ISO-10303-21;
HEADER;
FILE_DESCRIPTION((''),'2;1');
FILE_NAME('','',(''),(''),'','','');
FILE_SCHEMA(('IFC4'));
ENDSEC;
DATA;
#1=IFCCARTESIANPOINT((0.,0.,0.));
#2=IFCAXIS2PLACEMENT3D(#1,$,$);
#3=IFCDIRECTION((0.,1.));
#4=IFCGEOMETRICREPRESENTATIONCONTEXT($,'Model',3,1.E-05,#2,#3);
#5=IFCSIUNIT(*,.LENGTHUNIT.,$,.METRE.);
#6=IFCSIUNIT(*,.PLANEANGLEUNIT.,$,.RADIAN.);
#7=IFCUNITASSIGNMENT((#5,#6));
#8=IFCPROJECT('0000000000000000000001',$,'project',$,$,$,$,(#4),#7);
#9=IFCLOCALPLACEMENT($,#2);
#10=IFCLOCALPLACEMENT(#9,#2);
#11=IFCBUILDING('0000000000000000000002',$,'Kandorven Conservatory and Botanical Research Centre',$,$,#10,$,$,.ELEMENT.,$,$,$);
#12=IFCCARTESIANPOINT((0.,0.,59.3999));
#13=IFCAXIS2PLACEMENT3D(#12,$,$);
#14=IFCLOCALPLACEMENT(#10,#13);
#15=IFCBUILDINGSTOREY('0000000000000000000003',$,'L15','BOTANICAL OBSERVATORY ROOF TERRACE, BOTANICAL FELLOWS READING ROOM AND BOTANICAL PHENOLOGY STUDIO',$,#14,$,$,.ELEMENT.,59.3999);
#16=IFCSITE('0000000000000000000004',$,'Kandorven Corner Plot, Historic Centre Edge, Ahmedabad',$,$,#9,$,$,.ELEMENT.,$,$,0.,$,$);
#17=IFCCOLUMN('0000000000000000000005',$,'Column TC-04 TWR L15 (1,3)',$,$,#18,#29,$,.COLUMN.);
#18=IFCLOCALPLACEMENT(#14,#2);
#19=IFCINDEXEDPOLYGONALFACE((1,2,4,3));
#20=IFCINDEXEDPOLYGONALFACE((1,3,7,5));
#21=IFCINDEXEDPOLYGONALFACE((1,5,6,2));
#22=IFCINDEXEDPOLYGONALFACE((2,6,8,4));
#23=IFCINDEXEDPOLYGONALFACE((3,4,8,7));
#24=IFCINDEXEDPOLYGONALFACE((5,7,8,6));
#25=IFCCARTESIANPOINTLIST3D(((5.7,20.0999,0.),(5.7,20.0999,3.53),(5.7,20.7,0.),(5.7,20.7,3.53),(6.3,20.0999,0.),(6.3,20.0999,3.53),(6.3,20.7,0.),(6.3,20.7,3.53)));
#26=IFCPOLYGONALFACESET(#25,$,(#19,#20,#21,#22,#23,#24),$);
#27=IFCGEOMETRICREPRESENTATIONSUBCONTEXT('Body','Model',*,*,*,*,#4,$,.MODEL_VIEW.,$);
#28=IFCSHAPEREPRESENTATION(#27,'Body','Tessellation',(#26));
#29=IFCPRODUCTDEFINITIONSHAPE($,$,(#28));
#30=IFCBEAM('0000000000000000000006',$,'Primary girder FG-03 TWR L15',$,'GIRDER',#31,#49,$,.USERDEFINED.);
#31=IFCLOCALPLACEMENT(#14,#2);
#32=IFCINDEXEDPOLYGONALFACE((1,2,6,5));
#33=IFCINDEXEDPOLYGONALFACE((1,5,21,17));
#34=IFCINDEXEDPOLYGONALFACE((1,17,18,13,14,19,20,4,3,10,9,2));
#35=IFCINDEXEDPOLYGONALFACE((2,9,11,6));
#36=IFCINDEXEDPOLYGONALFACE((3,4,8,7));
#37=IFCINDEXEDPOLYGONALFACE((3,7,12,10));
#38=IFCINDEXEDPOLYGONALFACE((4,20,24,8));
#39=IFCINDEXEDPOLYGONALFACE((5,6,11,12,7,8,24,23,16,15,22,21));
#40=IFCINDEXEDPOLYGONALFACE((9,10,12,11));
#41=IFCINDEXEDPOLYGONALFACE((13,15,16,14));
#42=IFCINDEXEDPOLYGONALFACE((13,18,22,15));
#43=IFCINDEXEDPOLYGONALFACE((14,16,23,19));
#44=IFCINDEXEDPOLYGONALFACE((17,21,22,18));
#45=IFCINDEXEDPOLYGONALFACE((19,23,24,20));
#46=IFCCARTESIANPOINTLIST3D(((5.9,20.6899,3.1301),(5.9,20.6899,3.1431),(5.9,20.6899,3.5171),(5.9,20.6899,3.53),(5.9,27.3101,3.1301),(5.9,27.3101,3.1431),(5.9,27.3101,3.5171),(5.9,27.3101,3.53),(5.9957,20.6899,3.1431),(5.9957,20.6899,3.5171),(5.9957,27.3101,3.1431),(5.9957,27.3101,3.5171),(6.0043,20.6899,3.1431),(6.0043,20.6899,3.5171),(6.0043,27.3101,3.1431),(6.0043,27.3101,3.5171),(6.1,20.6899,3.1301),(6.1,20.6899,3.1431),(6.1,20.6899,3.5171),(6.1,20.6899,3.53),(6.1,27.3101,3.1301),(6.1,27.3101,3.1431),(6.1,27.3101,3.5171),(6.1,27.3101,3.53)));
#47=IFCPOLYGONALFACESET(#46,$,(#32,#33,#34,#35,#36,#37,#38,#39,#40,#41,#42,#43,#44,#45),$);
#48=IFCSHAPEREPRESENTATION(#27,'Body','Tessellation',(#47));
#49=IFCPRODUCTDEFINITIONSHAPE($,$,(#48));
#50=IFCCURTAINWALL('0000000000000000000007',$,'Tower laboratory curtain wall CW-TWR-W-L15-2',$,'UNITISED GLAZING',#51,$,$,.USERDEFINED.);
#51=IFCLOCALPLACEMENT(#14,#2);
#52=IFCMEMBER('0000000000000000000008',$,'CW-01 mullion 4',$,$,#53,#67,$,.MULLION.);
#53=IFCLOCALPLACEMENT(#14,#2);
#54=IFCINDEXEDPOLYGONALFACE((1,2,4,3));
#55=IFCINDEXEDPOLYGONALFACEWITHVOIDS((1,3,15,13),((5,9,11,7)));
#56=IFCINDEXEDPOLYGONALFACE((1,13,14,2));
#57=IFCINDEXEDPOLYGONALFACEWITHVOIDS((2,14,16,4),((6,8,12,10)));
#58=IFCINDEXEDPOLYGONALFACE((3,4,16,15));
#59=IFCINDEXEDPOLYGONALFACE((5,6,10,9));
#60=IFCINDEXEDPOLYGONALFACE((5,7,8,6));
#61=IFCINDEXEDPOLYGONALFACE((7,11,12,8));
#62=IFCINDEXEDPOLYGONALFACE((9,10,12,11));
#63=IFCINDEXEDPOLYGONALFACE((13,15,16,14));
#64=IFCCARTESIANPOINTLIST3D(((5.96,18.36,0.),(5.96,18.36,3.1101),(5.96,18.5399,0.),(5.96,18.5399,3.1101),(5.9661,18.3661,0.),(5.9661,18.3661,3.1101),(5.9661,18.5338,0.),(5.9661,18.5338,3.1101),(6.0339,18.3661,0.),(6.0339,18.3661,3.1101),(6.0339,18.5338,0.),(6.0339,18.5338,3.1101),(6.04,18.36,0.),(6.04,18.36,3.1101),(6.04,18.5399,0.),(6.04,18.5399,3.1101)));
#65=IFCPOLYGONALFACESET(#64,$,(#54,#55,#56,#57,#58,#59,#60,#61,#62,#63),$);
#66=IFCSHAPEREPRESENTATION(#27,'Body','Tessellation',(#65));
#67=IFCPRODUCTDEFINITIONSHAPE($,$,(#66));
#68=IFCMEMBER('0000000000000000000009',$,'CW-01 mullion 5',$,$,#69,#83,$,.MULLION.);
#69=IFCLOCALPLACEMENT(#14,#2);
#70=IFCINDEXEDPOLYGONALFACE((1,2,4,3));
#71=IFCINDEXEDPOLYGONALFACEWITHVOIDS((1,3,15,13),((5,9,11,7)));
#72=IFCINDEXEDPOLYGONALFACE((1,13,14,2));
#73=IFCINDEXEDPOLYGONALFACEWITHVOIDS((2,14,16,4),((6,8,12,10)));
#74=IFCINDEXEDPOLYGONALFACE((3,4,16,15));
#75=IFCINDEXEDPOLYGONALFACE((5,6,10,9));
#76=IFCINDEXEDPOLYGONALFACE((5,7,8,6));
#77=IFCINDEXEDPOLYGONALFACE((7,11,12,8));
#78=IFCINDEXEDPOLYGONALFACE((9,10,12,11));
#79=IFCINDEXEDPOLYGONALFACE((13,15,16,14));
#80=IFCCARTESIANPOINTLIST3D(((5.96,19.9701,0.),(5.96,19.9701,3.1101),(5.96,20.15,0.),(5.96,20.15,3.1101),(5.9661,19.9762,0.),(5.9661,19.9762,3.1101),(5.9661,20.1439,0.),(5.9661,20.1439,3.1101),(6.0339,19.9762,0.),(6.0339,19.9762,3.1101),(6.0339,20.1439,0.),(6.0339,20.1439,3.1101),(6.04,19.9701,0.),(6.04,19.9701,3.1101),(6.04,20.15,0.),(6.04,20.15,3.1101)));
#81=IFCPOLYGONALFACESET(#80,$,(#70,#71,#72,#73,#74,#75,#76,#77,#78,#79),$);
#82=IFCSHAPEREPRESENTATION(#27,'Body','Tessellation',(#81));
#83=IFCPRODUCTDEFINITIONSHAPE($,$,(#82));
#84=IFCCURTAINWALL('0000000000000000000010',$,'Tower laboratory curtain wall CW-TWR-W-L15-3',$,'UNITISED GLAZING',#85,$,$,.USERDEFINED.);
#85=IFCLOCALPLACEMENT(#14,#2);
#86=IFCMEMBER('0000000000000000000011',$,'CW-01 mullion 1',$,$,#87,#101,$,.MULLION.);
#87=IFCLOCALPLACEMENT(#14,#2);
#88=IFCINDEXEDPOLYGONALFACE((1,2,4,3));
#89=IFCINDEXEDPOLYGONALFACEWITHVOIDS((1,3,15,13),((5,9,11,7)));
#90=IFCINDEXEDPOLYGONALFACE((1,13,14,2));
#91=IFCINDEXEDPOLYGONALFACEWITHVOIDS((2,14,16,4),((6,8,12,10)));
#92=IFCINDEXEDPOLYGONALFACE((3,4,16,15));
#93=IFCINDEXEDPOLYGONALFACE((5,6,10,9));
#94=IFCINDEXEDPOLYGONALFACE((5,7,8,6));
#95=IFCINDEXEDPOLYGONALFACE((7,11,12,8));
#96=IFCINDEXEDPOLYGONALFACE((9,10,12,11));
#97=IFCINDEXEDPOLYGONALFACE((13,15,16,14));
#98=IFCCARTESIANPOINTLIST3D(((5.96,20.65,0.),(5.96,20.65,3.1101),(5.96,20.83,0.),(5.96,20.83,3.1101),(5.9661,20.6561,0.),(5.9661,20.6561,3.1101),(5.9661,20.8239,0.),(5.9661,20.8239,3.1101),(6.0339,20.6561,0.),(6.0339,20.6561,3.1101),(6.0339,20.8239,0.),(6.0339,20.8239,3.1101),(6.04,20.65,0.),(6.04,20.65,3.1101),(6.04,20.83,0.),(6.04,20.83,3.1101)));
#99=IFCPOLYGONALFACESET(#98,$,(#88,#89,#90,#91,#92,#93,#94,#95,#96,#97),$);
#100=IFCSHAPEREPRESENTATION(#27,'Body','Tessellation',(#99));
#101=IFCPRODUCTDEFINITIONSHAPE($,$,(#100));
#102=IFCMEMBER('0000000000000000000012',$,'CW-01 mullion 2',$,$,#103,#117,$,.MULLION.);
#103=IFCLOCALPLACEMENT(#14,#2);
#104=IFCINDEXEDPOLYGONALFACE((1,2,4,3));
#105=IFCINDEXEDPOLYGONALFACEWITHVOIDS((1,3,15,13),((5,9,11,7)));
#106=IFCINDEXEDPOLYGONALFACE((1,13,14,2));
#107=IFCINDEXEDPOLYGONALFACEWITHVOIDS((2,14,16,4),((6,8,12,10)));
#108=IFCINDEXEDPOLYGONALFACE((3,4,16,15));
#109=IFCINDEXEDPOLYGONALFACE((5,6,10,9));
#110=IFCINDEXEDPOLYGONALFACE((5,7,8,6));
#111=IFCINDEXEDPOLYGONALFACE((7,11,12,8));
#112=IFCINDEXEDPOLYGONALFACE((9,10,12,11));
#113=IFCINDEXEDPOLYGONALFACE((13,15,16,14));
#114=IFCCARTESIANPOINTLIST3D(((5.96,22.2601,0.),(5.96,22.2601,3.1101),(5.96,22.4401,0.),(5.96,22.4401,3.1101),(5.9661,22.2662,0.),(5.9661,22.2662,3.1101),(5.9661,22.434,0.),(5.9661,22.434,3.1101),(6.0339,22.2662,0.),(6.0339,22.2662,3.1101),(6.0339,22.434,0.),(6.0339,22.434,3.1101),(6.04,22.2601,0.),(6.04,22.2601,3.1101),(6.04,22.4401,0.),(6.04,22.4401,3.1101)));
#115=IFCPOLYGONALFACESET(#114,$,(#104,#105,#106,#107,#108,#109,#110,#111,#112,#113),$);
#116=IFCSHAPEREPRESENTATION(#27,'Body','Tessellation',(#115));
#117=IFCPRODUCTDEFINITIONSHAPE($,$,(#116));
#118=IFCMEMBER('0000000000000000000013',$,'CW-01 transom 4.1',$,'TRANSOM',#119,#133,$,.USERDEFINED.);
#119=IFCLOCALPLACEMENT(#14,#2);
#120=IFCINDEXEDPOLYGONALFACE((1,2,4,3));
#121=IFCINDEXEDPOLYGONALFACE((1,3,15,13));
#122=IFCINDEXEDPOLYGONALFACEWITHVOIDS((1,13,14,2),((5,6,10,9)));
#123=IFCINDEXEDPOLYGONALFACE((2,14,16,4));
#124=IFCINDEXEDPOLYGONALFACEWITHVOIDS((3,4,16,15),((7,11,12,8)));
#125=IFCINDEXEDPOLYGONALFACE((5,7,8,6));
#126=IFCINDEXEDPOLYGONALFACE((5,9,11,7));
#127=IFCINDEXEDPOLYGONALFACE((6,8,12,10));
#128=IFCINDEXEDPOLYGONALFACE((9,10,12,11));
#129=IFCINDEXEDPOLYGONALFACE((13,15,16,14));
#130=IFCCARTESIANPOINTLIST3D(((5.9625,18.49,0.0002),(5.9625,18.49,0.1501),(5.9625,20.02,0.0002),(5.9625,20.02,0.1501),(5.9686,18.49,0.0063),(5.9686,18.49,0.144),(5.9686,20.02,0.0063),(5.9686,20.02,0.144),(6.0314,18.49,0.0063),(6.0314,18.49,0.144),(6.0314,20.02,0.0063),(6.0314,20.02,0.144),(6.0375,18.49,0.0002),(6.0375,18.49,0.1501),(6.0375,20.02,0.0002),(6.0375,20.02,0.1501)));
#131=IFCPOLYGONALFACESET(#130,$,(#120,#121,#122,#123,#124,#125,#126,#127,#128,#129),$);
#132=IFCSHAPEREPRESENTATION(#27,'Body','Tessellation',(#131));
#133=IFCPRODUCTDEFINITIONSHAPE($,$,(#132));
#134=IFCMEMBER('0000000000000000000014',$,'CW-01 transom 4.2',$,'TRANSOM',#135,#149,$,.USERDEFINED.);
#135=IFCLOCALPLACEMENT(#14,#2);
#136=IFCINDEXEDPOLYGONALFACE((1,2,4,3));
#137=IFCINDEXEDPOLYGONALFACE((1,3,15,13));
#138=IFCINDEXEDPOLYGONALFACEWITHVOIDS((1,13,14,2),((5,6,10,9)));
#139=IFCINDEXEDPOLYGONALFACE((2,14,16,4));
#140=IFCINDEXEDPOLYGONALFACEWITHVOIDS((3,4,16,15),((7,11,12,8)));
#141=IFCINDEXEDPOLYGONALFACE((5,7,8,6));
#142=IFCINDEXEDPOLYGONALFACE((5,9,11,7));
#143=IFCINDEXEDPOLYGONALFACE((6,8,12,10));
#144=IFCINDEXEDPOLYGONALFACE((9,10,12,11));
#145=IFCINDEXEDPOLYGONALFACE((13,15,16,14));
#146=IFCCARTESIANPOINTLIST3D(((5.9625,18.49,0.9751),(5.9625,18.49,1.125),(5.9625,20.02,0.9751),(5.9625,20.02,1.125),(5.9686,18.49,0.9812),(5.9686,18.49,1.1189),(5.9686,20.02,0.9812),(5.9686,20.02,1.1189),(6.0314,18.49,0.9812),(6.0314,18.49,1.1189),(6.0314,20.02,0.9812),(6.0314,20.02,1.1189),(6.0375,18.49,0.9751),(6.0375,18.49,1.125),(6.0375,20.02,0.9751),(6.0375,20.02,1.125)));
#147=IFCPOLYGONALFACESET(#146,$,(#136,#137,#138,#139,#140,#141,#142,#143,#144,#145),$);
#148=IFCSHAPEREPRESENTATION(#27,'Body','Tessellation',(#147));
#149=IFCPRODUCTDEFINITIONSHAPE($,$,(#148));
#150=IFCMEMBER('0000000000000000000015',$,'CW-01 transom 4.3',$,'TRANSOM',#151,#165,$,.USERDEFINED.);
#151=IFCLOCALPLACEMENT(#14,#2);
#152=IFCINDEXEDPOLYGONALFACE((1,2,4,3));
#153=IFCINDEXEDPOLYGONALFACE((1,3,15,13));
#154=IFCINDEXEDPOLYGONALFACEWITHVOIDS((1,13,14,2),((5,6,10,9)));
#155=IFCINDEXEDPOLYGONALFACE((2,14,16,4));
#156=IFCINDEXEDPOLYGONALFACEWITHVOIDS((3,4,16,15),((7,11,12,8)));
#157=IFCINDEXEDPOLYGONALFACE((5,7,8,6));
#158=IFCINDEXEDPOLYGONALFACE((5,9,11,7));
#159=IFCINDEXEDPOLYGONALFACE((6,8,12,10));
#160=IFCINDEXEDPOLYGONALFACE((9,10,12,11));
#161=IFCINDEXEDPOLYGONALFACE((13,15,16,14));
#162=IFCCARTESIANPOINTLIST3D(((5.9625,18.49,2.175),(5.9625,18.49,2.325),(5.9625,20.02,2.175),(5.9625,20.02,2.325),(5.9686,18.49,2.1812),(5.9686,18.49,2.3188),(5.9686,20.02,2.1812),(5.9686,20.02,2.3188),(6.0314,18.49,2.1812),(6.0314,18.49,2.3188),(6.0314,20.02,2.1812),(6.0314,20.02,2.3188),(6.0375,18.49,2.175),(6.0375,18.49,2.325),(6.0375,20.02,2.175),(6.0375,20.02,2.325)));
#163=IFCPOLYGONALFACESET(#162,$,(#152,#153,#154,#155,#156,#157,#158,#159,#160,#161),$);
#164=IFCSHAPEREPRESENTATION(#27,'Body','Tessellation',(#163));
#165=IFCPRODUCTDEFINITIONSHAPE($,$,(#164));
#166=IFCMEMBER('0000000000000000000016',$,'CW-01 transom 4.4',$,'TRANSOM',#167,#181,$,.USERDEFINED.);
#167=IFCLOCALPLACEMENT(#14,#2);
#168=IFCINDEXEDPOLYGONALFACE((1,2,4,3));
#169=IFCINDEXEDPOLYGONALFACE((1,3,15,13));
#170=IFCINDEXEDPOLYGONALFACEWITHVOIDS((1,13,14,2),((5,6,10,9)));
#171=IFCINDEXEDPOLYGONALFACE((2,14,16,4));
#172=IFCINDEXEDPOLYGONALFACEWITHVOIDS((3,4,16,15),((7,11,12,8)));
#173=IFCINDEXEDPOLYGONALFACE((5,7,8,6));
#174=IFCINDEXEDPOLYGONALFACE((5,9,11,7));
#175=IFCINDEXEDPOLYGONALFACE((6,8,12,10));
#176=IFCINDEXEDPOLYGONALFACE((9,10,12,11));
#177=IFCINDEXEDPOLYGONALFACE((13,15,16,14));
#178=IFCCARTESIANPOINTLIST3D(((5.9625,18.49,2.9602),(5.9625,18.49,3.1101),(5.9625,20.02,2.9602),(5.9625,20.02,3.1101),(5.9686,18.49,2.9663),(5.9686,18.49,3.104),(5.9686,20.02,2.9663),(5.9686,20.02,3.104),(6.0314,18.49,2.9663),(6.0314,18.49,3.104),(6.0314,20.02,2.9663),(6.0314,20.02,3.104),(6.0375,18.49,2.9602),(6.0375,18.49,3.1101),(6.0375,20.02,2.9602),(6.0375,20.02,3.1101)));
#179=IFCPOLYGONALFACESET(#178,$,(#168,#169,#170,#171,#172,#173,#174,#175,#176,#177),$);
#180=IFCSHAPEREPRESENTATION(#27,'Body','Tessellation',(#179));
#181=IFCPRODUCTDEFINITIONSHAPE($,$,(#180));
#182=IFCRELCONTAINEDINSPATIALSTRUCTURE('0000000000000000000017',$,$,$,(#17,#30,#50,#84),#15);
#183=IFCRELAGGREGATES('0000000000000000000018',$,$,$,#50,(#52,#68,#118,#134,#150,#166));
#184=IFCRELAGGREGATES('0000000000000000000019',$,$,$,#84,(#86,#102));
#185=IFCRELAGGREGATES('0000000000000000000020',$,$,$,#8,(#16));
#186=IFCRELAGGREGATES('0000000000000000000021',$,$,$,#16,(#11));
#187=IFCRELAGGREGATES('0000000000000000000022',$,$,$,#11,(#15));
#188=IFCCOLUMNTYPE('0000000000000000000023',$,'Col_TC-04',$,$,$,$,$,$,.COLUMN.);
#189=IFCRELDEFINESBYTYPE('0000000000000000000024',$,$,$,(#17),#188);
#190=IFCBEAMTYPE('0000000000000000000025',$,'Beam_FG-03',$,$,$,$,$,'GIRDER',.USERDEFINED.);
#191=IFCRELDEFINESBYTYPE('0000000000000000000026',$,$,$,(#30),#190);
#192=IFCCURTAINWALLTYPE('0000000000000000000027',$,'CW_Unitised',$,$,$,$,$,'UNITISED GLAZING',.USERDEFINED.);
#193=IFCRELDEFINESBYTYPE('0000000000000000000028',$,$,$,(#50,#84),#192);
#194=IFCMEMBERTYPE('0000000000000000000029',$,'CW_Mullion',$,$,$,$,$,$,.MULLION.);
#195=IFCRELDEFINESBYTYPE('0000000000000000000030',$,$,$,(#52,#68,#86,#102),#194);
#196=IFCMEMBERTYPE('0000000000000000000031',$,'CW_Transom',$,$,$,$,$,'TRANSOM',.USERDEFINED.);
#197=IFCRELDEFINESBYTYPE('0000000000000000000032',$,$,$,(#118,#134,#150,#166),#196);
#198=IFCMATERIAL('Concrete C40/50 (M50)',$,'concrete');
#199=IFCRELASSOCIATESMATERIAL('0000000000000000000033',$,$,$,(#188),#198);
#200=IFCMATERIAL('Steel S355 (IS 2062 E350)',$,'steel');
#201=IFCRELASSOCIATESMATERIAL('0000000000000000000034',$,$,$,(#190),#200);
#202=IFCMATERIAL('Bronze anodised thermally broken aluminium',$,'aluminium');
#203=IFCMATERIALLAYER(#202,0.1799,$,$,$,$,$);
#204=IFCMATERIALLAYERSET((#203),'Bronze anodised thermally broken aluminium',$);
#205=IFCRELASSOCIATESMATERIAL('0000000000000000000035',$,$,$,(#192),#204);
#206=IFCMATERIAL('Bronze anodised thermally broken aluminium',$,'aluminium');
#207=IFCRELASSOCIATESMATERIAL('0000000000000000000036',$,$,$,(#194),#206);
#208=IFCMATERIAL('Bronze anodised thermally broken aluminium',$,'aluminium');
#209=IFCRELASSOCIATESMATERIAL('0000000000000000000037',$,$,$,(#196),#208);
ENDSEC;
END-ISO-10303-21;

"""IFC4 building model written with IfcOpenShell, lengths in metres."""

from ifc_helpers import new_model, si_unit, direction, frame, origin, origin_2d, place, context, subcontext, project, spatial, rectangle, hollow_rectangle, i_section, extrude, material, layer, layer_set, material_profile, profile_set, type_object, element, aggregate, save


model = new_model("IFC4")

# Units and contexts
model_context = context("Model", 3, precision=1e-05, world=origin(), true_north=direction((0.0, 1.0)))
body_context = subcontext(model_context, "Body", "Model", "MODEL_VIEW")
ifc_project = project(units=[si_unit("LENGTHUNIT", "METRE"), si_unit("PLANEANGLEUNIT", "RADIAN")], contexts=[model_context])

# Site, building, storey
site_placement = place(None, origin())
site = spatial("IfcSite", under=ifc_project, at=site_placement, Name="Kandorven Corner Plot, Historic Centre Edge, Ahmedabad", CompositionType="ELEMENT", RefElevation=0.0)
building_placement = place(site_placement, origin())
building = spatial("IfcBuilding", under=site, at=building_placement, Name="Kandorven Conservatory and Botanical Research Centre", CompositionType="ELEMENT")
storey_placement = place(building_placement, frame((0.0, 0.0, 59.3999)))
storey = spatial("IfcBuildingStorey", under=building, at=storey_placement, Name="L15", Description="BOTANICAL OBSERVATORY ROOF TERRACE, BOTANICAL FELLOWS READING ROOM AND BOTANICAL PHENOLOGY STUDIO", CompositionType="ELEMENT", Elevation=59.3999)

# Column
ifc_material_1 = material(Name="Concrete C40/50 (M50)", Category="concrete")
ifc_material_profile_1 = material_profile(ifc_material_1, rectangle(XDim=0.6001, YDim=0.6001, at=origin_2d()))
ifc_profile_set_1 = profile_set([ifc_material_profile_1], Name="Concrete C40/50 (M50)")
column_type = type_object("IfcColumnType", Name="Col_TC-04", PredefinedType="COLUMN", material=ifc_profile_set_1)
column_placement = place(storey_placement, frame((6.0, 20.3999, 0.0), z_axis=(0.0, 0.0, 1.0), x_axis=(1.0, 0.0, 0.0)))
element("IfcColumn", 1, at=column_placement, inside=storey, type_object=column_type, Name="Column TC-04 TWR L15 (1,3)", PredefinedType="COLUMN", context=body_context, shape_type="SweptSolid", body=[
    extrude(rectangle(XDim=0.6001, YDim=0.6001, at=origin_2d()), origin(), (0.0, 0.0, 1.0), 3.53),
])

# Beam
ifc_material_2 = material(Name="Steel S355 (IS 2062 E350)", Category="steel")
ifc_material_profile_2 = material_profile(ifc_material_2, i_section(OverallWidth=0.2, OverallDepth=0.3999, WebThickness=0.0085, FlangeThickness=0.0129, at=origin_2d()))
ifc_profile_set_2 = profile_set([ifc_material_profile_2], Name="Steel S355 (IS 2062 E350)")
beam_type = type_object("IfcBeamType", Name="Beam_FG-03", ElementType="GIRDER", PredefinedType="USERDEFINED", material=ifc_profile_set_2)
beam_placement = place(storey_placement, frame((6.0, 20.6899, 3.3301), z_axis=(0.0, 1.0, 0.0), x_axis=(-1.0, 0.0, 0.0)))
element("IfcBeam", 2, at=beam_placement, inside=storey, type_object=beam_type, Name="Primary girder FG-03 TWR L15", ObjectType="GIRDER", PredefinedType="USERDEFINED", context=body_context, shape_type="SweptSolid", body=[
    extrude(i_section(OverallWidth=0.2, OverallDepth=0.3999, WebThickness=0.0085, FlangeThickness=0.0129, at=origin_2d()), origin(), (0.0, 0.0, 1.0), 6.6201),
])

# Curtain walls, members
ifc_material_3 = material(Name="Bronze anodised thermally broken aluminium", Category="aluminium")
ifc_layer_1 = layer(ifc_material_3, 0.1799)
ifc_layer_set_1 = layer_set([ifc_layer_1], Name="Bronze anodised thermally broken aluminium")
curtain_wall_type = type_object("IfcCurtainWallType", Name="CW_Unitised", ElementType="UNITISED GLAZING", PredefinedType="USERDEFINED", material=ifc_layer_set_1)
curtain_wall_1_placement = place(storey_placement, origin())
curtain_wall_1 = element("IfcCurtainWall", 3, at=curtain_wall_1_placement, inside=storey, type_object=curtain_wall_type, Name="Tower laboratory curtain wall CW-TWR-W-L15-2", ObjectType="UNITISED GLAZING", PredefinedType="USERDEFINED")
ifc_material_4 = material(Name="Bronze anodised thermally broken aluminium", Category="aluminium")
ifc_material_profile_3 = material_profile(ifc_material_4, hollow_rectangle(XDim=0.0801, YDim=0.1799, WallThickness=0.0061, at=origin_2d()))
ifc_profile_set_3 = profile_set([ifc_material_profile_3], Name="Bronze anodised thermally broken aluminium")
member_type_1 = type_object("IfcMemberType", Name="CW_Mullion", PredefinedType="MULLION", material=ifc_profile_set_3)
member_1_placement = place(storey_placement, frame((6.0, 18.45, 0.0), z_axis=(0.0, 0.0, 1.0), x_axis=(-1.0, 0.0, 0.0)))
member_1 = element("IfcMember", 4, at=member_1_placement, type_object=member_type_1, Name="CW-01 mullion 4", PredefinedType="MULLION", context=body_context, shape_type="SweptSolid", body=[
    extrude(hollow_rectangle(XDim=0.0801, YDim=0.1799, WallThickness=0.0061, at=origin_2d()), origin(), (0.0, 0.0, 1.0), 3.1101),
])
member_2_placement = place(storey_placement, frame((6.0, 20.0601, 0.0), z_axis=(0.0, 0.0, 1.0), x_axis=(-1.0, 0.0, 0.0)))
member_2 = element("IfcMember", 5, at=member_2_placement, type_object=member_type_1, Name="CW-01 mullion 5", PredefinedType="MULLION", context=body_context, shape_type="SweptSolid", body=[
    extrude(hollow_rectangle(XDim=0.0801, YDim=0.1799, WallThickness=0.0061, at=origin_2d()), origin(), (0.0, 0.0, 1.0), 3.1101),
])
curtain_wall_2_placement = place(storey_placement, origin())
curtain_wall_2 = element("IfcCurtainWall", 6, at=curtain_wall_2_placement, inside=storey, type_object=curtain_wall_type, Name="Tower laboratory curtain wall CW-TWR-W-L15-3", ObjectType="UNITISED GLAZING", PredefinedType="USERDEFINED")
member_3_placement = place(storey_placement, frame((6.0, 20.74, 0.0), z_axis=(0.0, 0.0, 1.0), x_axis=(-1.0, 0.0, 0.0)))
member_3 = element("IfcMember", 7, at=member_3_placement, type_object=member_type_1, Name="CW-01 mullion 1", PredefinedType="MULLION", context=body_context, shape_type="SweptSolid", body=[
    extrude(hollow_rectangle(XDim=0.0801, YDim=0.1799, WallThickness=0.0061, at=origin_2d()), origin(), (0.0, 0.0, 1.0), 3.1101),
])
member_4_placement = place(storey_placement, frame((6.0, 22.3501, 0.0), z_axis=(0.0, 0.0, 1.0), x_axis=(-1.0, 0.0, 0.0)))
member_4 = element("IfcMember", 8, at=member_4_placement, type_object=member_type_1, Name="CW-01 mullion 2", PredefinedType="MULLION", context=body_context, shape_type="SweptSolid", body=[
    extrude(hollow_rectangle(XDim=0.0801, YDim=0.1799, WallThickness=0.0061, at=origin_2d()), origin(), (0.0, 0.0, 1.0), 3.1101),
])

# Members
ifc_material_5 = material(Name="Bronze anodised thermally broken aluminium", Category="aluminium")
ifc_material_profile_4 = material_profile(ifc_material_5, hollow_rectangle(XDim=0.075, YDim=0.1499, WallThickness=0.0061, at=origin_2d()))
ifc_profile_set_4 = profile_set([ifc_material_profile_4], Name="Bronze anodised thermally broken aluminium")
member_type_2 = type_object("IfcMemberType", Name="CW_Transom", ElementType="TRANSOM", PredefinedType="USERDEFINED", material=ifc_profile_set_4)
member_5_placement = place(storey_placement, frame((6.0, 18.49, 0.0752), z_axis=(0.0, 1.0, 0.0), x_axis=(-1.0, 0.0, 0.0)))
member_5 = element("IfcMember", 9, at=member_5_placement, type_object=member_type_2, Name="CW-01 transom 4.1", ObjectType="TRANSOM", PredefinedType="USERDEFINED", context=body_context, shape_type="SweptSolid", body=[
    extrude(hollow_rectangle(XDim=0.075, YDim=0.1499, WallThickness=0.0061, at=origin_2d()), origin(), (0.0, 0.0, 1.0), 1.53),
])
member_6_placement = place(storey_placement, frame((6.0, 18.49, 1.05), z_axis=(0.0, 1.0, 0.0), x_axis=(-1.0, 0.0, 0.0)))
member_6 = element("IfcMember", 10, at=member_6_placement, type_object=member_type_2, Name="CW-01 transom 4.2", ObjectType="TRANSOM", PredefinedType="USERDEFINED", context=body_context, shape_type="SweptSolid", body=[
    extrude(hollow_rectangle(XDim=0.075, YDim=0.1499, WallThickness=0.0061, at=origin_2d()), origin(), (0.0, 0.0, 1.0), 1.53),
])
member_7_placement = place(storey_placement, frame((6.0, 18.49, 2.25), z_axis=(0.0, 1.0, 0.0), x_axis=(-1.0, 0.0, 0.0)))
member_7 = element("IfcMember", 11, at=member_7_placement, type_object=member_type_2, Name="CW-01 transom 4.3", ObjectType="TRANSOM", PredefinedType="USERDEFINED", context=body_context, shape_type="SweptSolid", body=[
    extrude(hollow_rectangle(XDim=0.075, YDim=0.1499, WallThickness=0.0061, at=origin_2d()), origin(), (0.0, 0.0, 1.0), 1.53),
])
member_8_placement = place(storey_placement, frame((6.0, 18.49, 3.0352), z_axis=(0.0, 1.0, 0.0), x_axis=(-1.0, 0.0, 0.0)))
member_8 = element("IfcMember", 12, at=member_8_placement, type_object=member_type_2, Name="CW-01 transom 4.4", ObjectType="TRANSOM", PredefinedType="USERDEFINED", context=body_context, shape_type="SweptSolid", body=[
    extrude(hollow_rectangle(XDim=0.075, YDim=0.1499, WallThickness=0.0061, at=origin_2d()), origin(), (0.0, 0.0, 1.0), 1.53),
])

aggregate(curtain_wall_1, [member_1, member_2, member_5, member_6, member_7, member_8])
aggregate(curtain_wall_2, [member_3, member_4])

save(model, "model.ifc")
